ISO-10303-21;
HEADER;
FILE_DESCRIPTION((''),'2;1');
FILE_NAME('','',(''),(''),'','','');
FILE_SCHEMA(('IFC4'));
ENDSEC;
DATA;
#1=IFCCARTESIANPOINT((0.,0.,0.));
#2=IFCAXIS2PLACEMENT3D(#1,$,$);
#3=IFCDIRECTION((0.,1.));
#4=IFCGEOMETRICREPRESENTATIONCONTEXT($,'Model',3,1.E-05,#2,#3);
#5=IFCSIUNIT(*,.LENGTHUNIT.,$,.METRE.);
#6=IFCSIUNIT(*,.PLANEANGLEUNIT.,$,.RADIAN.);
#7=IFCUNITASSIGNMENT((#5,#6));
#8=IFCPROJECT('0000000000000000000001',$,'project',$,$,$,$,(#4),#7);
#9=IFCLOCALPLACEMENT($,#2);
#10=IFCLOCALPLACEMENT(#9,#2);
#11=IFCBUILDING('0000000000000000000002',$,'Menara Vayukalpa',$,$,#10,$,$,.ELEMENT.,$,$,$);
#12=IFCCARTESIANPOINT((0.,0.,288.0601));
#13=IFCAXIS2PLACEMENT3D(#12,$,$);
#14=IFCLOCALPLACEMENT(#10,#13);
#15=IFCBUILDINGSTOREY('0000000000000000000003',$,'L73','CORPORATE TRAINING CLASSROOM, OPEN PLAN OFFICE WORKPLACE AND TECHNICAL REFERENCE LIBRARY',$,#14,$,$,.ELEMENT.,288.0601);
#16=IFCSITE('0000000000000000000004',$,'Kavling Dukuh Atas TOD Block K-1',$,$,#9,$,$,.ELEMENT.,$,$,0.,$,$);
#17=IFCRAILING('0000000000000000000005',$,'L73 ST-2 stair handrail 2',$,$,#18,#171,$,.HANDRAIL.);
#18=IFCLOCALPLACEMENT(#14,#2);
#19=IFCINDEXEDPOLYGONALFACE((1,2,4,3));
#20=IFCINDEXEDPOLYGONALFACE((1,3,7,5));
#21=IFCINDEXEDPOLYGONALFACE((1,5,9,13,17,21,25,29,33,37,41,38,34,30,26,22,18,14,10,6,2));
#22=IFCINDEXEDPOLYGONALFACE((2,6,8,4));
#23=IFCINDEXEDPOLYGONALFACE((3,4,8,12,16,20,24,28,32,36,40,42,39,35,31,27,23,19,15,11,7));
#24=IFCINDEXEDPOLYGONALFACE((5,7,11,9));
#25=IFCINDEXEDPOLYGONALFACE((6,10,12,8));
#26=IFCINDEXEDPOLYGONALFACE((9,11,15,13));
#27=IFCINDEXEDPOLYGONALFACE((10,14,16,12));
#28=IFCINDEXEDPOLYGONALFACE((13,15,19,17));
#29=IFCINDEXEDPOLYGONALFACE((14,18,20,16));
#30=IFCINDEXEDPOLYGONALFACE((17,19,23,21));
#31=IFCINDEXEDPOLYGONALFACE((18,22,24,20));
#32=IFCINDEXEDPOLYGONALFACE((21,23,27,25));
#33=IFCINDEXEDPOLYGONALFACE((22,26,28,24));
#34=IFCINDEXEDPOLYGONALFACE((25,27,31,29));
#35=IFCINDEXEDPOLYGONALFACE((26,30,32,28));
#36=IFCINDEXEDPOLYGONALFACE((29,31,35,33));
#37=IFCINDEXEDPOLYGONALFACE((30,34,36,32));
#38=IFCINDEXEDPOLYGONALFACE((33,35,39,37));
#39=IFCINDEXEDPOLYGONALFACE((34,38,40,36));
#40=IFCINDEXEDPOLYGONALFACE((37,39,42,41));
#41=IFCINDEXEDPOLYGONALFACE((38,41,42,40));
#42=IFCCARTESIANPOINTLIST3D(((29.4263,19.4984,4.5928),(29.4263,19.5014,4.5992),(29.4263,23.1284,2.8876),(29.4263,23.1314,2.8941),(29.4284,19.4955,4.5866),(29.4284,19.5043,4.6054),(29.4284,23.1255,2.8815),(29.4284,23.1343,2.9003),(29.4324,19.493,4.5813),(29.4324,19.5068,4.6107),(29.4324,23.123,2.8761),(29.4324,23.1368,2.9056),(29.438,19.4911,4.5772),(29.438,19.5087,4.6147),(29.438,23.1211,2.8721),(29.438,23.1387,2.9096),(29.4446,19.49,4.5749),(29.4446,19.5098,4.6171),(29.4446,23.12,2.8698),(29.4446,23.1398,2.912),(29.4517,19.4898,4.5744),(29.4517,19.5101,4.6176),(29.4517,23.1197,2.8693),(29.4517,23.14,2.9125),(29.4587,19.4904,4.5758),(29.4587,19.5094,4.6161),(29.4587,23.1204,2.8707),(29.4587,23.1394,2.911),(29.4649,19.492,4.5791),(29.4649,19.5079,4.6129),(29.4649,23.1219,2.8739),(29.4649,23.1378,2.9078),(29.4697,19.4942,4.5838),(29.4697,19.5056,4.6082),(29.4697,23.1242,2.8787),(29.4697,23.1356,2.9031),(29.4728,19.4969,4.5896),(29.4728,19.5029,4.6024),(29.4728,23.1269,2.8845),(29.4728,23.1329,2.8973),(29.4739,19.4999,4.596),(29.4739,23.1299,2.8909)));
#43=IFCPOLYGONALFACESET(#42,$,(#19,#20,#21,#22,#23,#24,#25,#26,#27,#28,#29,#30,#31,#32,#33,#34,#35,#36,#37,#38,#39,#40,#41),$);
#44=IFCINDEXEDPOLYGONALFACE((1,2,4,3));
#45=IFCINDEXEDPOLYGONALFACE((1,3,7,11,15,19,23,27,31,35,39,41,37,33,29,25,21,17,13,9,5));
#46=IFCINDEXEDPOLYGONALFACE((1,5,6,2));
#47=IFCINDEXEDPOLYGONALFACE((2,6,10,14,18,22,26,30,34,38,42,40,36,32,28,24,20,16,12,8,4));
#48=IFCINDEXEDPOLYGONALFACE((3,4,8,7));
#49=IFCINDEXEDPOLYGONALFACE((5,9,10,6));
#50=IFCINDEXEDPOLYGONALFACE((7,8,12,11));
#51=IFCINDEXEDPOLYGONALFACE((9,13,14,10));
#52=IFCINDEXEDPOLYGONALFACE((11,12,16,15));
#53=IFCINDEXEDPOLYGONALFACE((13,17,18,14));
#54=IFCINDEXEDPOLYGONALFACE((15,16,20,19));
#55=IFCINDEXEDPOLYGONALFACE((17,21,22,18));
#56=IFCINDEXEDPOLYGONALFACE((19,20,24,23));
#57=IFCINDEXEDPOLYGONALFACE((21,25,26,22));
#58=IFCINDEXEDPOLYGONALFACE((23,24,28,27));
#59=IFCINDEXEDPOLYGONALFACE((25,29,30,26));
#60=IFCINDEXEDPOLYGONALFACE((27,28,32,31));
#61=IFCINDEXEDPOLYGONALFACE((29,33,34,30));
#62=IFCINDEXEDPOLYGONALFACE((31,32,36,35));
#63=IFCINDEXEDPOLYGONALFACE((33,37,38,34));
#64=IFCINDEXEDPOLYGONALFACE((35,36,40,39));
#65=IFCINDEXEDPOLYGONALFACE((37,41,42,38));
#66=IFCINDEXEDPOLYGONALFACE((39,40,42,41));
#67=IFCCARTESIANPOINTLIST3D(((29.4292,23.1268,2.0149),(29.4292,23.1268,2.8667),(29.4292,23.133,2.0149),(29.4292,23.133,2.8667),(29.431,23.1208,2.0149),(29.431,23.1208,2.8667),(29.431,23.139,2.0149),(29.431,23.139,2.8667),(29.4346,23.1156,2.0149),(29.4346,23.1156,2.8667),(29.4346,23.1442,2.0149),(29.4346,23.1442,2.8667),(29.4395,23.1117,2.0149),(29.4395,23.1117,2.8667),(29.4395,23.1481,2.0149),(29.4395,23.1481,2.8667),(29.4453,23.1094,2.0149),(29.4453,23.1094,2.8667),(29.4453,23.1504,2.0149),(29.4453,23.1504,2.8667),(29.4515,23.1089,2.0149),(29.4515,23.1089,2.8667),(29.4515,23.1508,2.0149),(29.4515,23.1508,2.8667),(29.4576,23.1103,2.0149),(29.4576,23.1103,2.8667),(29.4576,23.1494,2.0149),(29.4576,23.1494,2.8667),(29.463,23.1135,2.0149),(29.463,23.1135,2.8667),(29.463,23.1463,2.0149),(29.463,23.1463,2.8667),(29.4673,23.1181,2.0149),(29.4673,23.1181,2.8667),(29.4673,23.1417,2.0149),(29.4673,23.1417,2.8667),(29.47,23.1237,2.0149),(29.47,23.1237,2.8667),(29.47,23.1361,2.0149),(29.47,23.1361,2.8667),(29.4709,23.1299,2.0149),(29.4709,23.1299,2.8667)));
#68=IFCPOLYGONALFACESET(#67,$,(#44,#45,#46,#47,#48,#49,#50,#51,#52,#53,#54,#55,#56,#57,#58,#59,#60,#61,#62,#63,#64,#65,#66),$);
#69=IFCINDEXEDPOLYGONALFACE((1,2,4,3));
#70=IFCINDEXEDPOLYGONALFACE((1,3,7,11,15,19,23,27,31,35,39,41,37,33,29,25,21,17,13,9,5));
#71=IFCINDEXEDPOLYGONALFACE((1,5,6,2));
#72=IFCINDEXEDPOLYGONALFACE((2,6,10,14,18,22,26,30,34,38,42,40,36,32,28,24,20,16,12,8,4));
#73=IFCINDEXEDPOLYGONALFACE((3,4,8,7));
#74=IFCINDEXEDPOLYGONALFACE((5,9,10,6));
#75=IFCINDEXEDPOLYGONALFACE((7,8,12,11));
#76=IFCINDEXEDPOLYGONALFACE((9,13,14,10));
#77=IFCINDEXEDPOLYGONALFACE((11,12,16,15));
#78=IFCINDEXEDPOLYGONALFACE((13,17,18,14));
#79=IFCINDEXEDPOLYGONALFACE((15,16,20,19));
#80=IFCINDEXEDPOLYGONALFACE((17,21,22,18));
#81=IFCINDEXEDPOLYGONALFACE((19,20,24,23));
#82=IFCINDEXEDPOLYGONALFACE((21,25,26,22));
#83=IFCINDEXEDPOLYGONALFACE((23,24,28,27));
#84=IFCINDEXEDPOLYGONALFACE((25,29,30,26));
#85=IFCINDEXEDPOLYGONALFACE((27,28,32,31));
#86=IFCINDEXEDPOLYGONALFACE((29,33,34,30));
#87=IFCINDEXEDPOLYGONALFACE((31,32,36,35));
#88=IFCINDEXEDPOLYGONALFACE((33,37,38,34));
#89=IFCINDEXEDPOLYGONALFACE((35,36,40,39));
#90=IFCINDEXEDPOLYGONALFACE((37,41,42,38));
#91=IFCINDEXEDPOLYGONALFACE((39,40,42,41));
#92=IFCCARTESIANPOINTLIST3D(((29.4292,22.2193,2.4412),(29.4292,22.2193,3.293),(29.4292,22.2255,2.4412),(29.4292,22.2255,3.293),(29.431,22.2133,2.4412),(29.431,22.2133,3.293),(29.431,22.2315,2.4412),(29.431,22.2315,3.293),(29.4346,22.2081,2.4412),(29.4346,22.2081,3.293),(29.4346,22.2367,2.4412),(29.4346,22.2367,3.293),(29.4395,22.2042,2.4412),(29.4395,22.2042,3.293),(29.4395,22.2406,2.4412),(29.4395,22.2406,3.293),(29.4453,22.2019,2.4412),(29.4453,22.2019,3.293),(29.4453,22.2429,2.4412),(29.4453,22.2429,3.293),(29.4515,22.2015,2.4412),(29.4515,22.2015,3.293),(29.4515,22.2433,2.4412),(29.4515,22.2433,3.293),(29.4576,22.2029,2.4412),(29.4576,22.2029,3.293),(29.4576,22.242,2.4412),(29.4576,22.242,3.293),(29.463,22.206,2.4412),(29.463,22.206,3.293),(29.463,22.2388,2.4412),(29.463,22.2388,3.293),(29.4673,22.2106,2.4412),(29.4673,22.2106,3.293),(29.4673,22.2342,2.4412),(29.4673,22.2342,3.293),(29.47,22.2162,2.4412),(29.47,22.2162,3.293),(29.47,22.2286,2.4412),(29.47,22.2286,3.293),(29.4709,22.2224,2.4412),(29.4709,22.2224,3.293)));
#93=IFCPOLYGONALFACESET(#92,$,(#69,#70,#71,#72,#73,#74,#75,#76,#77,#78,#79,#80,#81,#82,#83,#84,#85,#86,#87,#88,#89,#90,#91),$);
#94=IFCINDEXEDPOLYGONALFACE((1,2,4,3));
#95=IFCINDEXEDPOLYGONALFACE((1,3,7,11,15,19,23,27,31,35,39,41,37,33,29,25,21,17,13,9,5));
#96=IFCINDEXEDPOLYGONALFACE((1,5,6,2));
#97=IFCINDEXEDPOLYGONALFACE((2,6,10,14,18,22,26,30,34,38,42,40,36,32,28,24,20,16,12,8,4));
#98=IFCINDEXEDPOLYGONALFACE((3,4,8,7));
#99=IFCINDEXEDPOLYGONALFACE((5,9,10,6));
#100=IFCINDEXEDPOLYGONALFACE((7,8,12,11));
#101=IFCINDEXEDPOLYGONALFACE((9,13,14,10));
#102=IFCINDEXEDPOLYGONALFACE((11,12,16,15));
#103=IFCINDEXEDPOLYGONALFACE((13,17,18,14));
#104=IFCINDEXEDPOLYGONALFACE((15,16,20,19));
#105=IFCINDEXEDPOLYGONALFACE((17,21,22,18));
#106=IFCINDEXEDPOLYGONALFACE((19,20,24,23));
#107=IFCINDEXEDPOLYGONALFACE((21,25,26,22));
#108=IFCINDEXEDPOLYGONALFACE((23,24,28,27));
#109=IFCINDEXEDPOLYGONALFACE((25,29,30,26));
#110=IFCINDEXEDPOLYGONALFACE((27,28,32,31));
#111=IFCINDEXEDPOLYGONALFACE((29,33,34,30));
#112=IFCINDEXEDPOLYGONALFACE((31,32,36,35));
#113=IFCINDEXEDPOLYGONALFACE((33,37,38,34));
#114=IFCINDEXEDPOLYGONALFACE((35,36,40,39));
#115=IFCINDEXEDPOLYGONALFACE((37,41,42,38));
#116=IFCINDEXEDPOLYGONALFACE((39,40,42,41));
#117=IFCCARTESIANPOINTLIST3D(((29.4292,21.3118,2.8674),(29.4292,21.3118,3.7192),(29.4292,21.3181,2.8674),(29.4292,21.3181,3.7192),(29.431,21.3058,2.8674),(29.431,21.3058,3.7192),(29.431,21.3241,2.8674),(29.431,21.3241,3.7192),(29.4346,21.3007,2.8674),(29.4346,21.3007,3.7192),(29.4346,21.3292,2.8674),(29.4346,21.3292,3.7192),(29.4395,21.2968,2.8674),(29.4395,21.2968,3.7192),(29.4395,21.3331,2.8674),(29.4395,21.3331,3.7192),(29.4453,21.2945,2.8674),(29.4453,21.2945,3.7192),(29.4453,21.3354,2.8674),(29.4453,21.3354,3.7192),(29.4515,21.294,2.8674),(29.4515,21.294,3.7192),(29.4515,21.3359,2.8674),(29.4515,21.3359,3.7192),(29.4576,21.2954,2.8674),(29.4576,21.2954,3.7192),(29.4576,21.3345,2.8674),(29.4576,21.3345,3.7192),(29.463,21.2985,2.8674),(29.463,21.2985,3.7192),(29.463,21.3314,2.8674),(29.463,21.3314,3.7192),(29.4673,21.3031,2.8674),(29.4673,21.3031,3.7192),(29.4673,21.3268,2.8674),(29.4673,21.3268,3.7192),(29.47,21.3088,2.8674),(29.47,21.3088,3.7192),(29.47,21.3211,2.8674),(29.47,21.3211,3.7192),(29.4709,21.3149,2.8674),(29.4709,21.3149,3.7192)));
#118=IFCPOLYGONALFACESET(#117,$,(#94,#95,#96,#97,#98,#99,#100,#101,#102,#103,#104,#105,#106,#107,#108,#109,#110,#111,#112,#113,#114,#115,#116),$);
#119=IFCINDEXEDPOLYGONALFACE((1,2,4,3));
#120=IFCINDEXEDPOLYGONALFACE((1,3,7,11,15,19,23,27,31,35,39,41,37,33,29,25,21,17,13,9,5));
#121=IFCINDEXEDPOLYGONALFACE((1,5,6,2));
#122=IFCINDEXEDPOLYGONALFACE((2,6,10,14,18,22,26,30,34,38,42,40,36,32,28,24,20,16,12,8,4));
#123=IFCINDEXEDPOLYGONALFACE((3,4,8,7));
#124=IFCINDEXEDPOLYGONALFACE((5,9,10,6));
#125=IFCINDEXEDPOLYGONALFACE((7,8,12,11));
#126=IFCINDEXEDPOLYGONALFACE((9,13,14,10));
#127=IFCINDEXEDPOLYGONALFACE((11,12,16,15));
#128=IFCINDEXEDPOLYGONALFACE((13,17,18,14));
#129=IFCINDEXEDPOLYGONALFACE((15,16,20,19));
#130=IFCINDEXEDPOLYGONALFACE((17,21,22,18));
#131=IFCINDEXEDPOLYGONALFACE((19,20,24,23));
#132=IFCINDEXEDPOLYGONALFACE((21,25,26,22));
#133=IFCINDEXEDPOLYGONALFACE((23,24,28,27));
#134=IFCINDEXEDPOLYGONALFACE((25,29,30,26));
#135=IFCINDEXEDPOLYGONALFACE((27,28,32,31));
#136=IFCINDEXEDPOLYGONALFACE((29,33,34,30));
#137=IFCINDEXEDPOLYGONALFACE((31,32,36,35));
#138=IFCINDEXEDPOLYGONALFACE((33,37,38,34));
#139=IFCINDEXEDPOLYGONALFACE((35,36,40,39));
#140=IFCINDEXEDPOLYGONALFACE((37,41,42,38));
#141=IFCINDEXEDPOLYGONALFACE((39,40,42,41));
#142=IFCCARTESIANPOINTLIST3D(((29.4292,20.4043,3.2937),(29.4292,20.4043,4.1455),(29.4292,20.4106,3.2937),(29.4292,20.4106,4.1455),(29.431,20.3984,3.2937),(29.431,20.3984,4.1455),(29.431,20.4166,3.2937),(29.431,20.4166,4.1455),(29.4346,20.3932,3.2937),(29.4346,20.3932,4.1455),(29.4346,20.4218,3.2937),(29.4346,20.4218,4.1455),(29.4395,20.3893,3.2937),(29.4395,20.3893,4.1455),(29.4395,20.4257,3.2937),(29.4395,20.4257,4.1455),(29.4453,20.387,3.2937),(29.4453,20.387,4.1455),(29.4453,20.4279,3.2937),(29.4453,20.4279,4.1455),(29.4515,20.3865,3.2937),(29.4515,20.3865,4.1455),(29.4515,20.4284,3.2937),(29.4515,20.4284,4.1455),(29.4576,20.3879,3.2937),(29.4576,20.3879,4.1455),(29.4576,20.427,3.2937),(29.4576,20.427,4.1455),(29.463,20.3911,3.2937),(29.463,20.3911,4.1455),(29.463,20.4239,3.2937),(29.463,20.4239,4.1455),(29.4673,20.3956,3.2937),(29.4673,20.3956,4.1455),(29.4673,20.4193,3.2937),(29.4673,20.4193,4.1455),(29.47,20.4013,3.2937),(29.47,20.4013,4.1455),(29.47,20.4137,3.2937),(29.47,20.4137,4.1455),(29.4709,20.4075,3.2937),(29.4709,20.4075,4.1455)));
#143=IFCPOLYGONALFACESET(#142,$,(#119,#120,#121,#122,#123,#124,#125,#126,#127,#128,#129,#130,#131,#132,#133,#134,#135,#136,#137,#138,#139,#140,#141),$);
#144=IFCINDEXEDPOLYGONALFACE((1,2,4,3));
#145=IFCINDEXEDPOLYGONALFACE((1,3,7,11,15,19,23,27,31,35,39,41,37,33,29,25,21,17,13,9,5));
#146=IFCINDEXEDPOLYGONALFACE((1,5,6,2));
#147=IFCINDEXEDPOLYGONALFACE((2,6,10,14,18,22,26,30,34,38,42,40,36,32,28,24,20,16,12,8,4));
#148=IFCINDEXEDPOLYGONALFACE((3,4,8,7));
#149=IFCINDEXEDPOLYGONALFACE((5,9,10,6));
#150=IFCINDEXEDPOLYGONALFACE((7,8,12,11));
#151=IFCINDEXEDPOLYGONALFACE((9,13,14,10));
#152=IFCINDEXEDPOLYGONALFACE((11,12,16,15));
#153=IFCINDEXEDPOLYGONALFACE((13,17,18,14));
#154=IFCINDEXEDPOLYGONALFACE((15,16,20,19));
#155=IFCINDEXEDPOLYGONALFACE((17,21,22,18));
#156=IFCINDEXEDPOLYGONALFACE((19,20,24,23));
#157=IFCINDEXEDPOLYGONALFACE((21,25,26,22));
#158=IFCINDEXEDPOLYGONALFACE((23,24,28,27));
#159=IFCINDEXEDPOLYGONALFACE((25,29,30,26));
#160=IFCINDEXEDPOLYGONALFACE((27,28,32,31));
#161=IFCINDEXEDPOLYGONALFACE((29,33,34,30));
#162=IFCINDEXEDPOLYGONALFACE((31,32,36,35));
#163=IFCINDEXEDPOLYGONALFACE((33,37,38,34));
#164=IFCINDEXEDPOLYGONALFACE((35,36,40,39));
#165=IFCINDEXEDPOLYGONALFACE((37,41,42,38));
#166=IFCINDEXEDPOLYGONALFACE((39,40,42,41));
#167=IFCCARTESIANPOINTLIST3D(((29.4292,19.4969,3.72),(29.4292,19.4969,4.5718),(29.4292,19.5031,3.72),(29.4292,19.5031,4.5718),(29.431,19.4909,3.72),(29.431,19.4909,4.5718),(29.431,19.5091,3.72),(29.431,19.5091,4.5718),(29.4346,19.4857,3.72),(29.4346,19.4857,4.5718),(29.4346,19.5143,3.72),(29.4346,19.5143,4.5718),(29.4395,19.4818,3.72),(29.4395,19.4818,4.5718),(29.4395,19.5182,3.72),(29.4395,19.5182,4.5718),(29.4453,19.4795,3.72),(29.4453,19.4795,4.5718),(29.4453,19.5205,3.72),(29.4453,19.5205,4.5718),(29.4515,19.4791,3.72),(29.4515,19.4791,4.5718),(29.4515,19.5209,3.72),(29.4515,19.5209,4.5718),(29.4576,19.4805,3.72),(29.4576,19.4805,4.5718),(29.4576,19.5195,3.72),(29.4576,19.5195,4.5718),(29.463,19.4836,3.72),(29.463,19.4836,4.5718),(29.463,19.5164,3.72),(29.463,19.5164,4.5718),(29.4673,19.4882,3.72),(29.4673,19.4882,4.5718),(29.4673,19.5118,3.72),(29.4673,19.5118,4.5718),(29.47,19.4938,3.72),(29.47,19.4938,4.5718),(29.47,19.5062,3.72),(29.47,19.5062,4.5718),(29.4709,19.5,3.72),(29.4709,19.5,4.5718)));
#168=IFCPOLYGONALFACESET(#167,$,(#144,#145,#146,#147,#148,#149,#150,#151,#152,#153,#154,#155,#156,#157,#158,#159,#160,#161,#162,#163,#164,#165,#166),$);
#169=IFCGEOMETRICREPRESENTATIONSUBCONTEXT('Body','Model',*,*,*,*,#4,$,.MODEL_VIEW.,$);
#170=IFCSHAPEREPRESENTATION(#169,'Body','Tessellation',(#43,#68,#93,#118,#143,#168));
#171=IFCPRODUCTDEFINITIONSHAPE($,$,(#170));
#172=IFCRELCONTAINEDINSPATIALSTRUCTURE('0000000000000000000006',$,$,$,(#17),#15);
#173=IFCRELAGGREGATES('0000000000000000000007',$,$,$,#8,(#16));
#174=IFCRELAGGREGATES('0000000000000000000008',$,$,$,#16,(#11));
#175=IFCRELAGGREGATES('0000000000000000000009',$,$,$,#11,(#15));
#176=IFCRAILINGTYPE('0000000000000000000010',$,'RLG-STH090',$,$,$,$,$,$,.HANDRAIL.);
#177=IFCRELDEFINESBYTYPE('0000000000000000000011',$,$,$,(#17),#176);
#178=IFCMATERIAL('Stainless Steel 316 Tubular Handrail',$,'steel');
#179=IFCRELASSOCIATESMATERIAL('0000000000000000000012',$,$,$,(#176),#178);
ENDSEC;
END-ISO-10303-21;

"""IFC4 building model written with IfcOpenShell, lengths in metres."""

from ifc_helpers import new_model, si_unit, direction, frame, origin, origin_2d, place, context, subcontext, project, spatial, circle, extrude, material, type_object, element, save


model = new_model("IFC4")

# Units and contexts
model_context = context("Model", 3, precision=1e-05, world=origin(), true_north=direction((0.0, 1.0)))
body_context = subcontext(model_context, "Body", "Model", "MODEL_VIEW")
ifc_project = project(units=[si_unit("LENGTHUNIT", "METRE"), si_unit("PLANEANGLEUNIT", "RADIAN")], contexts=[model_context])

# Site, building, storey
site_placement = place(None, origin())
site = spatial("IfcSite", under=ifc_project, at=site_placement, Name="Kavling Dukuh Atas TOD Block K-1", CompositionType="ELEMENT", RefElevation=0.0)
building_placement = place(site_placement, origin())
building = spatial("IfcBuilding", under=site, at=building_placement, Name="Menara Vayukalpa", CompositionType="ELEMENT")
storey_placement = place(building_placement, frame((0.0, 0.0, 288.0601)))
storey = spatial("IfcBuildingStorey", under=building, at=storey_placement, Name="L73", Description="CORPORATE TRAINING CLASSROOM, OPEN PLAN OFFICE WORKPLACE AND TECHNICAL REFERENCE LIBRARY", CompositionType="ELEMENT", Elevation=288.0601)

# Railing
ifc_material_1 = material(Name="Stainless Steel 316 Tubular Handrail", Category="steel")
railing_type_1 = type_object("IfcRailingType", Name="RLG-STH090", PredefinedType="HANDRAIL", material=ifc_material_1)
railing_1_placement = place(storey_placement, frame((29.45, 23.1299, 2.0149)))
element("IfcRailing", 1, at=railing_1_placement, inside=storey, type_object=railing_type_1, Name="L73 ST-2 stair handrail 2", PredefinedType="HANDRAIL", context=body_context, shape_type="SweptSolid", body=[
    extrude(circle(Radius=0.0239, at=origin_2d()), frame((0.0, 0.0, 0.876), z_axis=(0.0, -0.905116, 0.425164), x_axis=(1.0, 0.0, 0.0)), (0.0, 0.0, 1.0), 4.0105),
    extrude(circle(Radius=0.021, at=origin_2d()), origin(), (0.0, 0.0, 1.0), 0.8518),
    extrude(circle(Radius=0.021, at=origin_2d()), frame((0.0, -0.9075, 0.4263)), (0.0, 0.0, 1.0), 0.8518),
    extrude(circle(Radius=0.021, at=origin_2d()), frame((0.0, -1.8149, 0.8525)), (0.0, 0.0, 1.0), 0.8518),
    extrude(circle(Radius=0.021, at=origin_2d()), frame((0.0, -2.7224, 1.2788)), (0.0, 0.0, 1.0), 0.8518),
    extrude(circle(Radius=0.021, at=origin_2d()), frame((0.0, -3.6299, 1.7051)), (0.0, 0.0, 1.0), 0.8518),
])

save(model, "model.ifc")
